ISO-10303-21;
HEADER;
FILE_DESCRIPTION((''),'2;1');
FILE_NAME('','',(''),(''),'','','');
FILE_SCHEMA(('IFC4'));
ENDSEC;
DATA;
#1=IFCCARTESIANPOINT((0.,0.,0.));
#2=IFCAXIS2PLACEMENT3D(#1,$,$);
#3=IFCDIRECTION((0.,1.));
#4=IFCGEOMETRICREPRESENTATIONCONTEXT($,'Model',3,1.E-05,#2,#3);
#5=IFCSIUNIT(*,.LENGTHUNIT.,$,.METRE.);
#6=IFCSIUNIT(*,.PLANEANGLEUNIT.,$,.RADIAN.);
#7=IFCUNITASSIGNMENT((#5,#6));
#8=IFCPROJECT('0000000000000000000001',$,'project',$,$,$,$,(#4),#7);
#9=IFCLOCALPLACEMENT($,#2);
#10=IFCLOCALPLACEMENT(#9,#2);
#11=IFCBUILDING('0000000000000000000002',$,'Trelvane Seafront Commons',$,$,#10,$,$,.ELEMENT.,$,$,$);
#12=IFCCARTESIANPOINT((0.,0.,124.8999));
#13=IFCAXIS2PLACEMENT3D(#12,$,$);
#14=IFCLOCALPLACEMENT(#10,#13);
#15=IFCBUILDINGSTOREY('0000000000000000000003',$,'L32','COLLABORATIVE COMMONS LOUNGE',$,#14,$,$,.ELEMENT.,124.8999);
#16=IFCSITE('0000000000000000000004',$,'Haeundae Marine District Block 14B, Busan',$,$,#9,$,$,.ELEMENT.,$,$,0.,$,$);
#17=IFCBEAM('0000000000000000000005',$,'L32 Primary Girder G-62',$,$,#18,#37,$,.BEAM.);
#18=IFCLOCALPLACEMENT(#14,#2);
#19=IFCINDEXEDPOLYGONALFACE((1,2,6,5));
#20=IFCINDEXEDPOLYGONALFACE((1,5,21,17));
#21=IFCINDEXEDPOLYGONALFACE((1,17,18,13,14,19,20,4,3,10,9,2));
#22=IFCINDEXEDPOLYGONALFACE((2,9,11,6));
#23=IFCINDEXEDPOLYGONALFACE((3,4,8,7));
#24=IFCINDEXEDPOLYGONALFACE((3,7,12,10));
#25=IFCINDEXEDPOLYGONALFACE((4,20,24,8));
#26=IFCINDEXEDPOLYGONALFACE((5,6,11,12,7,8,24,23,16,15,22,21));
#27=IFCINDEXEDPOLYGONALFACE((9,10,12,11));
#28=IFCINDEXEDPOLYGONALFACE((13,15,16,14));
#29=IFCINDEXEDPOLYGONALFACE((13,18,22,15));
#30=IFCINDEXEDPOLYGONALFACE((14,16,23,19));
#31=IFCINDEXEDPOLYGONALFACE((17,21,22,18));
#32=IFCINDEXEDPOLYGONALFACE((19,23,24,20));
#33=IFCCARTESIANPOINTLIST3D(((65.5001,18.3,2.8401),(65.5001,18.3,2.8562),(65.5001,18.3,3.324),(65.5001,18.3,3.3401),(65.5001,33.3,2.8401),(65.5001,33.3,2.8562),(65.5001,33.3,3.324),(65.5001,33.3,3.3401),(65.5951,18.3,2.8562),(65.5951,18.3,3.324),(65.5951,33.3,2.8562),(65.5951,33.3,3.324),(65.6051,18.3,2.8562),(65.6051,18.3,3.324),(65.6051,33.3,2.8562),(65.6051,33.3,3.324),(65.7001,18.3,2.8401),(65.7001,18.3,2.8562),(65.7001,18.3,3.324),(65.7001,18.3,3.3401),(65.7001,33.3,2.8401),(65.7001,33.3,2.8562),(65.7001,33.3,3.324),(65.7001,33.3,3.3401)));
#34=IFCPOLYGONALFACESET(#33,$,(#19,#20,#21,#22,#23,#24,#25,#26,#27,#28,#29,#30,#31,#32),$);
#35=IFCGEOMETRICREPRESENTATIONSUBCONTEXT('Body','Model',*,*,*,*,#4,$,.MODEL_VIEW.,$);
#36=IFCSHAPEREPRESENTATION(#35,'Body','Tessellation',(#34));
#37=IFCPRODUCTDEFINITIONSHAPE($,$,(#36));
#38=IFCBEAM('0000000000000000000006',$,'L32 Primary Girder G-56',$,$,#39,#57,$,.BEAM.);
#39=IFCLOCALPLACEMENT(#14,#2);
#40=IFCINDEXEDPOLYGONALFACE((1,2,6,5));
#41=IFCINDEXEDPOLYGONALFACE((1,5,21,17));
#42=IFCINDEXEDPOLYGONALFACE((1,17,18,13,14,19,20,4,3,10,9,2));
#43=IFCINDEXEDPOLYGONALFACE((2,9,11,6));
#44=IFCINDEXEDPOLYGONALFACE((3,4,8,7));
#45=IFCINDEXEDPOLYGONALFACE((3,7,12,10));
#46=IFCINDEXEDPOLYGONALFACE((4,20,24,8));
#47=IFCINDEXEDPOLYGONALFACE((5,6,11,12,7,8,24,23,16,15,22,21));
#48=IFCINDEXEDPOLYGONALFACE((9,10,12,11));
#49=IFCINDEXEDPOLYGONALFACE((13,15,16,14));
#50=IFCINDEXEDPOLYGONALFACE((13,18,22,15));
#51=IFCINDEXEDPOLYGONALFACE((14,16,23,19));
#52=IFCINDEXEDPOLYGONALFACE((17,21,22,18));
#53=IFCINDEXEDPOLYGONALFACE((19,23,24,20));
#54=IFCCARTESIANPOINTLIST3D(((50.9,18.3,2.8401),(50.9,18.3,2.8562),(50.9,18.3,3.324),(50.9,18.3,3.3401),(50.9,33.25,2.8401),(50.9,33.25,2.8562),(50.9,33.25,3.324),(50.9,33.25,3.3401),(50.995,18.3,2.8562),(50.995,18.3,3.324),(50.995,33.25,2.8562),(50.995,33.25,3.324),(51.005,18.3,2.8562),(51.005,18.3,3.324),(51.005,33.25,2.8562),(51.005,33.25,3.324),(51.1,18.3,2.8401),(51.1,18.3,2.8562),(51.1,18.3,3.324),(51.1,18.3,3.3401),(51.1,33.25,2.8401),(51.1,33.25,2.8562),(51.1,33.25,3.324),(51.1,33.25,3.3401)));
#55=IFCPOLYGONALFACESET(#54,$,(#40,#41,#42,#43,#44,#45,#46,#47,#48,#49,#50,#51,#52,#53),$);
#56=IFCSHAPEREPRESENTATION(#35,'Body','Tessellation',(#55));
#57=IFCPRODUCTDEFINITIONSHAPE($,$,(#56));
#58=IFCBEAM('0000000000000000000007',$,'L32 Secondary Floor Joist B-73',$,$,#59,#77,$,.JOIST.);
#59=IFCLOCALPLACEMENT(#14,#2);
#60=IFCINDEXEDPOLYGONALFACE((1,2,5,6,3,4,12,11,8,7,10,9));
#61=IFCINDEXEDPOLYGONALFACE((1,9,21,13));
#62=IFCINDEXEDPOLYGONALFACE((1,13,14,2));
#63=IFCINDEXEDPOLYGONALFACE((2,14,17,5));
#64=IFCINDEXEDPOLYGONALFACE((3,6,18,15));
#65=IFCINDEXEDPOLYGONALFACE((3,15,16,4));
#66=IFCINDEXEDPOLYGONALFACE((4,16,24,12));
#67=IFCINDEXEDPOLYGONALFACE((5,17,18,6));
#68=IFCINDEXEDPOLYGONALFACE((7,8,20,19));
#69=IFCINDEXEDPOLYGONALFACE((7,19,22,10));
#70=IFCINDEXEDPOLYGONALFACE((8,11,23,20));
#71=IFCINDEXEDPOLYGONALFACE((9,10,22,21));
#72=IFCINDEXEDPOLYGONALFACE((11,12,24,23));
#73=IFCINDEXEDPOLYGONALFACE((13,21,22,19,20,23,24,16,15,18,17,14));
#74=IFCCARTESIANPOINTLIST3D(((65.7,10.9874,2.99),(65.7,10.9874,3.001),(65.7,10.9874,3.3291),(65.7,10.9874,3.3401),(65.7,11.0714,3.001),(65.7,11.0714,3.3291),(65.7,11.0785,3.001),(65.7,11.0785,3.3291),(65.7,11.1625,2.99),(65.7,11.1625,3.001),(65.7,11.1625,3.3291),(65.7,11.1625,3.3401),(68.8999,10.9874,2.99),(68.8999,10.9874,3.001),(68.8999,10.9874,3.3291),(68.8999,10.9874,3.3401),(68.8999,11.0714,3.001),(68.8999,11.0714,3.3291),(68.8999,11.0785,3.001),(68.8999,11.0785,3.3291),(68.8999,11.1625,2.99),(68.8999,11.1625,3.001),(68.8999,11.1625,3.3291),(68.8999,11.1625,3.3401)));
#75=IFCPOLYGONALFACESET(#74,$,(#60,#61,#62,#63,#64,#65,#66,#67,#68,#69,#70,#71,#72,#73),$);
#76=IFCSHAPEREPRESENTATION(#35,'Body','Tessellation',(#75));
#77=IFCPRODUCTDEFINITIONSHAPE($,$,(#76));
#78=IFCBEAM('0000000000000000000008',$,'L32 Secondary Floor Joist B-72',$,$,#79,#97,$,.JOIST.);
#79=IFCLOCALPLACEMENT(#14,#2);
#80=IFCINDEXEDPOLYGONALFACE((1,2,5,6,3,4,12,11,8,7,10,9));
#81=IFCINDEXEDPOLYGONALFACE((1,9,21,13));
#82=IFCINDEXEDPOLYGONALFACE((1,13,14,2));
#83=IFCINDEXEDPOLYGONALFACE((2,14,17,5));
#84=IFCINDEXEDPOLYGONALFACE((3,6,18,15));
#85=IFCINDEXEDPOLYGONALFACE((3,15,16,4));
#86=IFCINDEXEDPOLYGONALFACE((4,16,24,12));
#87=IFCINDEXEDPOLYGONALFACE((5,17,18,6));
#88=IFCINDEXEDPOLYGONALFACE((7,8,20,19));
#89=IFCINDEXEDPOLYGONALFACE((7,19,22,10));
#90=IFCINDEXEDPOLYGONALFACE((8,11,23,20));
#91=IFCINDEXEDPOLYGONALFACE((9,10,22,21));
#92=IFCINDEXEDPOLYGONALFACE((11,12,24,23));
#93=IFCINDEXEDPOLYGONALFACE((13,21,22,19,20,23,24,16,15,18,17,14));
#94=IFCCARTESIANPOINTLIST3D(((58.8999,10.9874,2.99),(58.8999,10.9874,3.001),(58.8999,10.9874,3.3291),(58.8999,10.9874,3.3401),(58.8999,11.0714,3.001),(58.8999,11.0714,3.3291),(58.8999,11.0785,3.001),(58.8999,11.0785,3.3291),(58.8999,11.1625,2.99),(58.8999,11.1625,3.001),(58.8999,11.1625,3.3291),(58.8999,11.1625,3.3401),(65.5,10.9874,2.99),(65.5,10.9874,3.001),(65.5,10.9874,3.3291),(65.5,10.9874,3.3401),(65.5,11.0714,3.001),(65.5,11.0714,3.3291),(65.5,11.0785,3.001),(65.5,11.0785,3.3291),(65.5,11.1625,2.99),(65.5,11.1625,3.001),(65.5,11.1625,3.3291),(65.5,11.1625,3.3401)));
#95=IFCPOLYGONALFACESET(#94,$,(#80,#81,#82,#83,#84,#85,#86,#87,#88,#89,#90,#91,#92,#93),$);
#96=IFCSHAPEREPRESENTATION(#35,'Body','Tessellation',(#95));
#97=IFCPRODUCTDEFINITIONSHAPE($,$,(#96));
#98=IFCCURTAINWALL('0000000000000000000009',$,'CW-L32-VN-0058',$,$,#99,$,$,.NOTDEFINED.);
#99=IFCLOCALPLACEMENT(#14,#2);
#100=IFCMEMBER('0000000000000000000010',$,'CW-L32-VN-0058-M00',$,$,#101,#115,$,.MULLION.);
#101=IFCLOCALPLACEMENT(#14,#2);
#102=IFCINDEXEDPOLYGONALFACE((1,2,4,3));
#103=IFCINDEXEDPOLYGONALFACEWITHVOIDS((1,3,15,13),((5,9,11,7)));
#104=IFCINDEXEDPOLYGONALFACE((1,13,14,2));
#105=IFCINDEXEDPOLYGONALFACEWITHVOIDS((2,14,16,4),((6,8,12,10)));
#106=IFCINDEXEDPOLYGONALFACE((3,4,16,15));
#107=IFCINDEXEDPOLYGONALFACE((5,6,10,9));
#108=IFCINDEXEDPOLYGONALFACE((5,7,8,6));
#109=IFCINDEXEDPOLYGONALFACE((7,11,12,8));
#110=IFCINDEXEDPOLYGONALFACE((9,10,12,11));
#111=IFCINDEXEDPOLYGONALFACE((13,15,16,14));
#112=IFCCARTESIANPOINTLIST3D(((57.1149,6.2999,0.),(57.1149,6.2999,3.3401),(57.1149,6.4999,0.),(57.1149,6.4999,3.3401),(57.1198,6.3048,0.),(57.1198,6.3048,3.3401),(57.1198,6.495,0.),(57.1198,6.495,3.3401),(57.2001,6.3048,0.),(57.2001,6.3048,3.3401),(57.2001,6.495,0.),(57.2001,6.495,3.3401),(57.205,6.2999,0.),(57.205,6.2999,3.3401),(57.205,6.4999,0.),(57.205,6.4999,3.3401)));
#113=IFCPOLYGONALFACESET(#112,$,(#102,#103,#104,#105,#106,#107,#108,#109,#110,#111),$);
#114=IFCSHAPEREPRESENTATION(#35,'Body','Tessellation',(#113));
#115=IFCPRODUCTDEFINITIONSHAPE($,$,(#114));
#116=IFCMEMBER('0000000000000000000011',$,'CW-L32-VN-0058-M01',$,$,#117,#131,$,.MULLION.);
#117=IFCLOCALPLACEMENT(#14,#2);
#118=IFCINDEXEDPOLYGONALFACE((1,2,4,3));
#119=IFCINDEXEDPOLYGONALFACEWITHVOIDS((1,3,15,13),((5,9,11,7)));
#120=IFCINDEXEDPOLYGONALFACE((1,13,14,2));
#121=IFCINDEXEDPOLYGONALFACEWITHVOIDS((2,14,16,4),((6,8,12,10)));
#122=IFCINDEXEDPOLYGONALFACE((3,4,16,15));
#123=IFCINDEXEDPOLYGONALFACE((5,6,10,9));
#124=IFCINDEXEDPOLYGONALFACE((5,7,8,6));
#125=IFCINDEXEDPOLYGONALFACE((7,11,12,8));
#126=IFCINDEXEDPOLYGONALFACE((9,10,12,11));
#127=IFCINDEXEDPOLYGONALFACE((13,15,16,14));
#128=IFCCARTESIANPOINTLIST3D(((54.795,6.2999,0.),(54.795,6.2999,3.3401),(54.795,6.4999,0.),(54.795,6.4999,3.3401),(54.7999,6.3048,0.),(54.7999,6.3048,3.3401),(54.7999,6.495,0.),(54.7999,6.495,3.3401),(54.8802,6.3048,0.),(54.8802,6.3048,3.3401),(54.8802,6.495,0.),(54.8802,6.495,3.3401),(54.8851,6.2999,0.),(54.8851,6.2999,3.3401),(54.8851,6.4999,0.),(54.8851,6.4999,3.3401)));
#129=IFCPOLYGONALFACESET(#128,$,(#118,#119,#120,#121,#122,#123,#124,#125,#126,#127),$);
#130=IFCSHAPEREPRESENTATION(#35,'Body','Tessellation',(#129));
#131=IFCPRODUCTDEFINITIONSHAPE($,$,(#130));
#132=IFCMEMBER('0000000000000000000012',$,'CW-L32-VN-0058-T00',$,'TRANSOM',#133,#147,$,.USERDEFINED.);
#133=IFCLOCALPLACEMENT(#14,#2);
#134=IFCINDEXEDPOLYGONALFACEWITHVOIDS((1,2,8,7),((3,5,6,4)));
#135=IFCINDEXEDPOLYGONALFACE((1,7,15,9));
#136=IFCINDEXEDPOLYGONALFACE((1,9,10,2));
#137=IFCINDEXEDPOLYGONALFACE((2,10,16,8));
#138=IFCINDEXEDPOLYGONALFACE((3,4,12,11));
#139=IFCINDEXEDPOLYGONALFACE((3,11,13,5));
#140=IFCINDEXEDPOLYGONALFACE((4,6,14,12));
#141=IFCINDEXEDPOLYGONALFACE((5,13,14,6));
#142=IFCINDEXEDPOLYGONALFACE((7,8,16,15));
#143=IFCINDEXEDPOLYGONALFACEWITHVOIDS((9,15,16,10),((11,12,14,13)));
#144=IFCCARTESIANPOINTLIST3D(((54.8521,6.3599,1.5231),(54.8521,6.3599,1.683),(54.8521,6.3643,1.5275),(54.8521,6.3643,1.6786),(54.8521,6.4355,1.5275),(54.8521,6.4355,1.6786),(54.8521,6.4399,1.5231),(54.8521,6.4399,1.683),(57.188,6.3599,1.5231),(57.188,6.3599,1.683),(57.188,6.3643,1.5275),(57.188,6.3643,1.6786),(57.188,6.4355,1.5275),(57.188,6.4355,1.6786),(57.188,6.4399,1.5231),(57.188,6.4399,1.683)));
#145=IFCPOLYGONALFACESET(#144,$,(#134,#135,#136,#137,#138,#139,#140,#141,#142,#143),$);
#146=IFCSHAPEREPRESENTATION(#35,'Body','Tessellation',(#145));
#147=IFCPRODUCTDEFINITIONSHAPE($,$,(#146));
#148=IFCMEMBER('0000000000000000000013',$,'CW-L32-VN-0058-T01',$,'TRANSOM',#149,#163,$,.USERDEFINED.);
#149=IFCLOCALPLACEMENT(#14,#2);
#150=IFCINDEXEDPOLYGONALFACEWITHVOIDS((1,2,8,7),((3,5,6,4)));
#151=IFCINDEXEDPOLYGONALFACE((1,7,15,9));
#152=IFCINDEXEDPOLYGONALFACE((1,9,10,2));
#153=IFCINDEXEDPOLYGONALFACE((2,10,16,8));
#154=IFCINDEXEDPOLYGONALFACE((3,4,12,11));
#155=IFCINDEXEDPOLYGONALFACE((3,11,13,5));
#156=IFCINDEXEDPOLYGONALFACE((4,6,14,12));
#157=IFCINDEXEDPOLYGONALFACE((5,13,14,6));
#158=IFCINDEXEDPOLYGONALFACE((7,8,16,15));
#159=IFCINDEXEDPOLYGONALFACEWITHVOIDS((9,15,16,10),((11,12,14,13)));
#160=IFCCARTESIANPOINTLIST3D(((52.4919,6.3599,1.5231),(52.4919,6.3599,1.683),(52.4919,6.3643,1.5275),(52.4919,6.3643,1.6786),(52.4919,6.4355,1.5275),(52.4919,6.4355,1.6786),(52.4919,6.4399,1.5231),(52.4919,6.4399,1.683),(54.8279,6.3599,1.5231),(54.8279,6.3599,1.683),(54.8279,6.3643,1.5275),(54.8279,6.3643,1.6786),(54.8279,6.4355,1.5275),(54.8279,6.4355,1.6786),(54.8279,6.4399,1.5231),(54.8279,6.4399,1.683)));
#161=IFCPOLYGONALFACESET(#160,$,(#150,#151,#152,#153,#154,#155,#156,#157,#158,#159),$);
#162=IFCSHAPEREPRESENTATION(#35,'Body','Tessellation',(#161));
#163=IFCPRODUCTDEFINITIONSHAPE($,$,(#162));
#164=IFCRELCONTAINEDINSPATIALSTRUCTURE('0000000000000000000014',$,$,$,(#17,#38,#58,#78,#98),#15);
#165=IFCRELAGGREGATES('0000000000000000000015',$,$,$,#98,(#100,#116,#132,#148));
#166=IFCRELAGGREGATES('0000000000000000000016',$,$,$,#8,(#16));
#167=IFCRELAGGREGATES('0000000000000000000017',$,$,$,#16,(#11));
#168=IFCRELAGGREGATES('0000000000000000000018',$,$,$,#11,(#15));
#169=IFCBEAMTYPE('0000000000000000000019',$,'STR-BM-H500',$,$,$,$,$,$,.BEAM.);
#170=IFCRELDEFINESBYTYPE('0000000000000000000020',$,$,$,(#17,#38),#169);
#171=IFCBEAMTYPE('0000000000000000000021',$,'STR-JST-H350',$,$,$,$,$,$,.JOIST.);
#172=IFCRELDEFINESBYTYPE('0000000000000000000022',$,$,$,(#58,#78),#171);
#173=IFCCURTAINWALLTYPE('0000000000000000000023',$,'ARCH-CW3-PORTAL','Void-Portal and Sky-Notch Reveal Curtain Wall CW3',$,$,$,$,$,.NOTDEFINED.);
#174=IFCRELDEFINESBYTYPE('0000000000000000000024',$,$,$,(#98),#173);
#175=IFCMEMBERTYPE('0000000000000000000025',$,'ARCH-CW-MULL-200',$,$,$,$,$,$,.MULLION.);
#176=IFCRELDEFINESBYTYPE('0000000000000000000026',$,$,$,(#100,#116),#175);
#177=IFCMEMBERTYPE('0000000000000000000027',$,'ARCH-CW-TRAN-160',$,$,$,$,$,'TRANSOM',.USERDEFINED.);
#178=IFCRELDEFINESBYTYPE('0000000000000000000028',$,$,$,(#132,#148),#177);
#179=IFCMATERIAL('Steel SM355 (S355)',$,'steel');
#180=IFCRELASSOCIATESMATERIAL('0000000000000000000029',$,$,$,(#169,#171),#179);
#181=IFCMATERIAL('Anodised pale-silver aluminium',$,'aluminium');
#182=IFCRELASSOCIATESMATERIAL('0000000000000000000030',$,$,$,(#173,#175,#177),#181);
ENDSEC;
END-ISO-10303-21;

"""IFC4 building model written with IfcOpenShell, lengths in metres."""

from ifc_helpers import new_model, si_unit, direction, frame, origin, origin_2d, place, context, subcontext, project, spatial, hollow_rectangle, i_section, extrude, source, transform, mapped, material, material_profile, profile_set, type_object, element, aggregate, save


model = new_model("IFC4")

# Units and contexts
model_context = context("Model", 3, precision=1e-05, world=origin(), true_north=direction((0.0, 1.0)))
body_context = subcontext(model_context, "Body", "Model", "MODEL_VIEW")
ifc_project = project(units=[si_unit("LENGTHUNIT", "METRE"), si_unit("PLANEANGLEUNIT", "RADIAN")], contexts=[model_context])

# Site, building, storey
site_placement = place(None, origin())
site = spatial("IfcSite", under=ifc_project, at=site_placement, Name="Haeundae Marine District Block 14B, Busan", CompositionType="ELEMENT", RefElevation=0.0)
building_placement = place(site_placement, origin())
building = spatial("IfcBuilding", under=site, at=building_placement, Name="Trelvane Seafront Commons", CompositionType="ELEMENT")
storey_placement = place(building_placement, frame((0.0, 0.0, 124.8999)))
storey = spatial("IfcBuildingStorey", under=building, at=storey_placement, Name="L32", Description="COLLABORATIVE COMMONS LOUNGE", CompositionType="ELEMENT", Elevation=124.8999)

# Shared definitions
ifc_material_1 = material(Name="Steel SM355 (S355)", Category="steel")

# Beams
ifc_material_profile_1 = material_profile(ifc_material_1, i_section(OverallWidth=0.2, OverallDepth=0.5, WebThickness=0.01, FlangeThickness=0.0161, at=origin_2d()), Name="H-500x200x10x16")
ifc_profile_set_1 = profile_set([ifc_material_profile_1], Name="Steel SM355 (S355)")
beam_type_1 = type_object("IfcBeamType", Name="STR-BM-H500", PredefinedType="BEAM", material=ifc_profile_set_1)
shared_shape_1 = source(origin(), body_context, "Body", "SweptSolid", [
    extrude(i_section(OverallWidth=0.2, OverallDepth=0.5, WebThickness=0.01, FlangeThickness=0.0161, at=origin_2d()), origin(), (0.0, 0.0, 1.0), 15.0),
])
beam_1_placement = place(storey_placement, frame((65.6001, 18.3, 3.0901), z_axis=(0.0, 1.0, 0.0), x_axis=(-1.0, 0.0, 0.0)))
element("IfcBeam", 1, at=beam_1_placement, inside=storey, type_object=beam_type_1, Name="L32 Primary Girder G-62", PredefinedType="BEAM", context=body_context, shape_type="MappedRepresentation", body=[
    mapped(shared_shape_1, transform((0.0, 0.0, 0.0), x_axis=(1.0, 0.0, 0.0), y_axis=(0.0, 1.0, 0.0), z_axis=(0.0, 0.0, 1.0), scale=1.0)),
])
shared_shape_2 = source(origin(), body_context, "Body", "SweptSolid", [
    extrude(i_section(OverallWidth=0.2, OverallDepth=0.5, WebThickness=0.01, FlangeThickness=0.0161, at=origin_2d()), origin(), (0.0, 0.0, 1.0), 14.95),
])
beam_2_placement = place(storey_placement, frame((51.0, 18.3, 3.0901), z_axis=(0.0, 1.0, 0.0), x_axis=(-1.0, 0.0, 0.0)))
element("IfcBeam", 2, at=beam_2_placement, inside=storey, type_object=beam_type_1, Name="L32 Primary Girder G-56", PredefinedType="BEAM", context=body_context, shape_type="MappedRepresentation", body=[
    mapped(shared_shape_2, transform((0.0, 0.0, 0.0), x_axis=(1.0, 0.0, 0.0), y_axis=(0.0, 1.0, 0.0), z_axis=(0.0, 0.0, 1.0), scale=1.0)),
])
ifc_material_profile_2 = material_profile(ifc_material_1, i_section(OverallWidth=0.175, OverallDepth=0.3501, WebThickness=0.0071, FlangeThickness=0.011, at=origin_2d()), Name="H-350x175x7x11")
ifc_profile_set_2 = profile_set([ifc_material_profile_2], Name="Steel SM355 (S355)")
beam_type_2 = type_object("IfcBeamType", Name="STR-JST-H350", PredefinedType="JOIST", material=ifc_profile_set_2)
shared_shape_3 = source(origin(), body_context, "Body", "SweptSolid", [
    extrude(i_section(OverallWidth=0.175, OverallDepth=0.3501, WebThickness=0.0071, FlangeThickness=0.011, at=origin_2d()), origin(), (0.0, 0.0, 1.0), 3.2),
])
beam_3_placement = place(storey_placement, frame((65.7, 11.075, 3.165), z_axis=(1.0, 0.0, 0.0), x_axis=(0.0, 1.0, 0.0)))
element("IfcBeam", 3, at=beam_3_placement, inside=storey, type_object=beam_type_2, Name="L32 Secondary Floor Joist B-73", PredefinedType="JOIST", context=body_context, shape_type="MappedRepresentation", body=[
    mapped(shared_shape_3, transform((0.0, 0.0, 0.0), x_axis=(1.0, 0.0, 0.0), y_axis=(0.0, 1.0, 0.0), z_axis=(0.0, 0.0, 1.0), scale=1.0)),
])
shared_shape_4 = source(origin(), body_context, "Body", "SweptSolid", [
    extrude(i_section(OverallWidth=0.175, OverallDepth=0.3501, WebThickness=0.0071, FlangeThickness=0.011, at=origin_2d()), origin(), (0.0, 0.0, 1.0), 6.6001),
])
beam_4_placement = place(storey_placement, frame((58.8999, 11.075, 3.165), z_axis=(1.0, 0.0, 0.0), x_axis=(0.0, 1.0, 0.0)))
element("IfcBeam", 4, at=beam_4_placement, inside=storey, type_object=beam_type_2, Name="L32 Secondary Floor Joist B-72", PredefinedType="JOIST", context=body_context, shape_type="MappedRepresentation", body=[
    mapped(shared_shape_4, transform((0.0, 0.0, 0.0), x_axis=(1.0, 0.0, 0.0), y_axis=(0.0, 1.0, 0.0), z_axis=(0.0, 0.0, 1.0), scale=1.0)),
])

# Curtain wall, members
ifc_material_2 = material(Name="Anodised pale-silver aluminium", Category="aluminium")
curtain_wall_type = type_object("IfcCurtainWallType", Name="ARCH-CW3-PORTAL", Description="Void-Portal and Sky-Notch Reveal Curtain Wall CW3", PredefinedType="NOTDEFINED", material=ifc_material_2)
curtain_wall_placement = place(storey_placement, origin())
curtain_wall = element("IfcCurtainWall", 5, at=curtain_wall_placement, inside=storey, type_object=curtain_wall_type, Name="CW-L32-VN-0058", PredefinedType="NOTDEFINED")
ifc_material_profile_3 = material_profile(ifc_material_2, hollow_rectangle(XDim=0.0901, YDim=0.2, WallThickness=0.0049, at=origin_2d()), Name="MULL-90x200x5")
ifc_profile_set_3 = profile_set([ifc_material_profile_3], Name="Anodised pale-silver aluminium")
member_type_1 = type_object("IfcMemberType", Name="ARCH-CW-MULL-200", PredefinedType="MULLION", material=ifc_profile_set_3)
shared_shape_5 = source(origin(), body_context, "Body", "SweptSolid", [
    extrude(hollow_rectangle(XDim=0.0901, YDim=0.2, WallThickness=0.0049, at=origin_2d()), origin(), (0.0, 0.0, 1.0), 3.3401),
])
member_1_placement = place(storey_placement, frame((57.1599, 6.3999, 0.0), z_axis=(0.0, 0.0, 1.0), x_axis=(1.0, 0.0, 0.0)))
member_1 = element("IfcMember", 6, at=member_1_placement, type_object=member_type_1, Name="CW-L32-VN-0058-M00", PredefinedType="MULLION", context=body_context, shape_type="MappedRepresentation", body=[
    mapped(shared_shape_5, transform((0.0, 0.0, 0.0), x_axis=(1.0, 0.0, 0.0), y_axis=(0.0, 1.0, 0.0), z_axis=(0.0, 0.0, 1.0), scale=1.0)),
])
member_2_placement = place(storey_placement, frame((54.8401, 6.3999, 0.0), z_axis=(0.0, 0.0, 1.0), x_axis=(1.0, 0.0, 0.0)))
member_2 = element("IfcMember", 7, at=member_2_placement, type_object=member_type_1, Name="CW-L32-VN-0058-M01", PredefinedType="MULLION", context=body_context, shape_type="MappedRepresentation", body=[
    mapped(shared_shape_5, transform((0.0, 0.0, 0.0), x_axis=(1.0, 0.0, 0.0), y_axis=(0.0, 1.0, 0.0), z_axis=(0.0, 0.0, 1.0), scale=1.0)),
])
ifc_material_profile_4 = material_profile(ifc_material_2, hollow_rectangle(XDim=0.0801, YDim=0.1599, WallThickness=0.0044, at=origin_2d()), Name="TRAN-80x160x4.5")
ifc_profile_set_4 = profile_set([ifc_material_profile_4], Name="Anodised pale-silver aluminium")
member_type_2 = type_object("IfcMemberType", Name="ARCH-CW-TRAN-160", ElementType="TRANSOM", PredefinedType="USERDEFINED", material=ifc_profile_set_4)
shared_shape_6 = source(origin(), body_context, "Body", "SweptSolid", [
    extrude(hollow_rectangle(XDim=0.0801, YDim=0.1599, WallThickness=0.0044, at=origin_2d()), origin(), (0.0, 0.0, 1.0), 2.3359),
])
member_3_placement = place(storey_placement, frame((57.188, 6.3999, 1.603), z_axis=(-1.0, 0.0, 0.0), x_axis=(0.0, -1.0, 0.0)))
member_3 = element("IfcMember", 8, at=member_3_placement, type_object=member_type_2, Name="CW-L32-VN-0058-T00", ObjectType="TRANSOM", PredefinedType="USERDEFINED", context=body_context, shape_type="MappedRepresentation", body=[
    mapped(shared_shape_6, transform((0.0, 0.0, 0.0), x_axis=(1.0, 0.0, 0.0), y_axis=(0.0, 1.0, 0.0), z_axis=(0.0, 0.0, 1.0), scale=1.0)),
])
member_4_placement = place(storey_placement, frame((54.8279, 6.3999, 1.603), z_axis=(-1.0, 0.0, 0.0), x_axis=(0.0, -1.0, 0.0)))
member_4 = element("IfcMember", 9, at=member_4_placement, type_object=member_type_2, Name="CW-L32-VN-0058-T01", ObjectType="TRANSOM", PredefinedType="USERDEFINED", context=body_context, shape_type="MappedRepresentation", body=[
    mapped(shared_shape_6, transform((0.0, 0.0, 0.0), x_axis=(1.0, 0.0, 0.0), y_axis=(0.0, 1.0, 0.0), z_axis=(0.0, 0.0, 1.0), scale=1.0)),
])
aggregate(curtain_wall, [member_1, member_2, member_3, member_4])

save(model, "model.ifc")
